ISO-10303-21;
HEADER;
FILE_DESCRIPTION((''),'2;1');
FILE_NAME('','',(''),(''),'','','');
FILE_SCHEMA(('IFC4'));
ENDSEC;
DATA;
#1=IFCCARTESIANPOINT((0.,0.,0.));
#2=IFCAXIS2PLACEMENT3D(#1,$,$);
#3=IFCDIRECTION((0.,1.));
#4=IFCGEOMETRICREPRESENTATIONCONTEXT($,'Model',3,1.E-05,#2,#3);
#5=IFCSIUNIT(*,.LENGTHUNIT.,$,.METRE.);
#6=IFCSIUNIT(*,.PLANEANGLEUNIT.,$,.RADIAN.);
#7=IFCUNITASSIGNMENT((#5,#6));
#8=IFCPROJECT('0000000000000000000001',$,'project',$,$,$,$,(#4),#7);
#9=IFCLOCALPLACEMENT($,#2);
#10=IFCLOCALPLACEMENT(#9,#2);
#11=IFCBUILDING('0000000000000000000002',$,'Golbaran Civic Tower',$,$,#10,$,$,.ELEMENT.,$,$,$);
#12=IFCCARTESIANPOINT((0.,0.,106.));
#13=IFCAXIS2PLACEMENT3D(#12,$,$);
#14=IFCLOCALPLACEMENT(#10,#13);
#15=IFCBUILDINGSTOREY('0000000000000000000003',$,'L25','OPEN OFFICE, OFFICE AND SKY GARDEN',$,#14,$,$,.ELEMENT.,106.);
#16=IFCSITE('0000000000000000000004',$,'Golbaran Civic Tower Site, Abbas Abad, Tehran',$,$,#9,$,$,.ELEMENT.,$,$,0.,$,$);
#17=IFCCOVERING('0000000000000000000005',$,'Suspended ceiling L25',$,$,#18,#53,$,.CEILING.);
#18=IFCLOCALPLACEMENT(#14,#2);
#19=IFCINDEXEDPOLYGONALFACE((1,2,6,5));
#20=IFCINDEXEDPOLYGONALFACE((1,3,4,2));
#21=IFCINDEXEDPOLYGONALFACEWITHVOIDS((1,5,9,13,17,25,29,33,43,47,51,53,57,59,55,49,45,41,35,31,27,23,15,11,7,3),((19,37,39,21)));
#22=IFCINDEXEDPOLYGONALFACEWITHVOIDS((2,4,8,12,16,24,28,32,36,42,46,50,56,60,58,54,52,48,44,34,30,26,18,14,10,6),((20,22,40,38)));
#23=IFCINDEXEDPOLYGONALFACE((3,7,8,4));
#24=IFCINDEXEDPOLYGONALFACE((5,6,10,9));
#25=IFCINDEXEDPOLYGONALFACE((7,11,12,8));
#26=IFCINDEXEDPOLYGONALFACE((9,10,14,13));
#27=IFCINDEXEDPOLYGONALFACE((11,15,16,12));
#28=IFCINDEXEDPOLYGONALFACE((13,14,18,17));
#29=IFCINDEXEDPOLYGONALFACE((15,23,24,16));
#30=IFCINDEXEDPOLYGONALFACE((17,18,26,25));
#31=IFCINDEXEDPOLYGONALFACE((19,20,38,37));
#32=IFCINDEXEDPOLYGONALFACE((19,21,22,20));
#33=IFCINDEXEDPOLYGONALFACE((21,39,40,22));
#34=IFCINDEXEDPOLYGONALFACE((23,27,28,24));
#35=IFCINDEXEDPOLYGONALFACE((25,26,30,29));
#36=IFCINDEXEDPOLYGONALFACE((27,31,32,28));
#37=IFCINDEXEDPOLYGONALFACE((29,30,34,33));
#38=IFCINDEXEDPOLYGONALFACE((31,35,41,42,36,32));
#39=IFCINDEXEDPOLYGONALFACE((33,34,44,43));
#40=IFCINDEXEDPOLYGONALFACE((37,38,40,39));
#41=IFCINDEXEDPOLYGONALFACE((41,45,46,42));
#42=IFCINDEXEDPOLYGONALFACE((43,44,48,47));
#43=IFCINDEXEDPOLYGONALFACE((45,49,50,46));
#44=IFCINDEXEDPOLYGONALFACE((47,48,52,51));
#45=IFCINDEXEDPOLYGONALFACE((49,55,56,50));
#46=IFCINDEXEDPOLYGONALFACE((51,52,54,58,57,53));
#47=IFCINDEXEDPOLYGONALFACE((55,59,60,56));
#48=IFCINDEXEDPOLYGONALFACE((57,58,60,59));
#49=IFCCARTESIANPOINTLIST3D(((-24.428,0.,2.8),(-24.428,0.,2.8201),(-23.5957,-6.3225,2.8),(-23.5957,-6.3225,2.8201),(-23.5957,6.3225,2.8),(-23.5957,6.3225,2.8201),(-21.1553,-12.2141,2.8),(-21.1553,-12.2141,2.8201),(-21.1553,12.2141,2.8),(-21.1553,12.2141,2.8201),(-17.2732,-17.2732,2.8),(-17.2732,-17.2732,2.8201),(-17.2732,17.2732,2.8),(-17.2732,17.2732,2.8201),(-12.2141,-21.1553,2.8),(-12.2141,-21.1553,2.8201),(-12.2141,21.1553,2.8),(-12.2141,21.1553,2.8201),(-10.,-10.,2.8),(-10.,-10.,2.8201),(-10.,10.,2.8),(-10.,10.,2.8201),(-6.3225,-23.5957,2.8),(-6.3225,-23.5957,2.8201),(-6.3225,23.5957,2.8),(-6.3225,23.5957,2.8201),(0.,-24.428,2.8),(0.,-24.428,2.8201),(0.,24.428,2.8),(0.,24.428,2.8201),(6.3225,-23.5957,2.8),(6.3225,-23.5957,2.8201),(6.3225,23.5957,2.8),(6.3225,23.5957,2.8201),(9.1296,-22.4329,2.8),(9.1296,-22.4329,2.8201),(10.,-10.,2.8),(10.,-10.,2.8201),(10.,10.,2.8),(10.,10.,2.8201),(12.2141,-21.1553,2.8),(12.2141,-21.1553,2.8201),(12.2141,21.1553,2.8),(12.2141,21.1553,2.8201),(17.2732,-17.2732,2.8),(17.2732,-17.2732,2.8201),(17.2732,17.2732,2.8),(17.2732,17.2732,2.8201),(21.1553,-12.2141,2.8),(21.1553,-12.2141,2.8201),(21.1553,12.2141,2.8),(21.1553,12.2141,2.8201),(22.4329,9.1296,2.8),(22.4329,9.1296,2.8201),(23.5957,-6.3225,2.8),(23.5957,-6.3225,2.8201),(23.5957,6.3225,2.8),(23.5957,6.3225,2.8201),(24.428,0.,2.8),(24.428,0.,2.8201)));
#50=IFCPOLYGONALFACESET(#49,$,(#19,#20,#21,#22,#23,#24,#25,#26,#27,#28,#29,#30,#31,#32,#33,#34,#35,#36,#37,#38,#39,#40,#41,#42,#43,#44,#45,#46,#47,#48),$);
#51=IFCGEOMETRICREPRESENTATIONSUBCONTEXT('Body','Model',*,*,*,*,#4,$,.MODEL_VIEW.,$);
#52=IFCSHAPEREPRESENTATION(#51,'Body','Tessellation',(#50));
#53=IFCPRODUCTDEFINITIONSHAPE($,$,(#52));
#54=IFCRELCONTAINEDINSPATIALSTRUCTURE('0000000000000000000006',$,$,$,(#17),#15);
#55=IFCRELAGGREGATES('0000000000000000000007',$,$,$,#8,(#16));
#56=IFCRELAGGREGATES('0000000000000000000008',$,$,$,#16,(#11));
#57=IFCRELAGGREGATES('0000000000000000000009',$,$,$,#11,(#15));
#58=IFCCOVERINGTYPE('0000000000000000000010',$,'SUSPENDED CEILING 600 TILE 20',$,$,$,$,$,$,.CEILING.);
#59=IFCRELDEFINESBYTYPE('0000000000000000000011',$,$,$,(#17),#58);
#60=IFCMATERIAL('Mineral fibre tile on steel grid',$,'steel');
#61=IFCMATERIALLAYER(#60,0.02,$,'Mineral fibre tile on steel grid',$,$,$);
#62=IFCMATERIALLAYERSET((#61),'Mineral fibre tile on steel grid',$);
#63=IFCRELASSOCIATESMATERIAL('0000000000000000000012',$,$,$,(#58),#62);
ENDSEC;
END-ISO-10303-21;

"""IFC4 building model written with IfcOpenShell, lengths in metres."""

from ifc_helpers import new_model, si_unit, direction, frame, origin, place, context, subcontext, project, spatial, polyline, outline, extrude, material, layer, layer_set, type_object, element, save


model = new_model("IFC4")

# Units and contexts
model_context = context("Model", 3, precision=1e-05, world=origin(), true_north=direction((0.0, 1.0)))
body_context = subcontext(model_context, "Body", "Model", "MODEL_VIEW")
ifc_project = project(units=[si_unit("LENGTHUNIT", "METRE"), si_unit("PLANEANGLEUNIT", "RADIAN")], contexts=[model_context])

# Site, building, storey
site_placement = place(None, origin())
site = spatial("IfcSite", under=ifc_project, at=site_placement, Name="Golbaran Civic Tower Site, Abbas Abad, Tehran", CompositionType="ELEMENT", RefElevation=0.0)
building_placement = place(site_placement, origin())
building = spatial("IfcBuilding", under=site, at=building_placement, Name="Golbaran Civic Tower", CompositionType="ELEMENT")
storey_placement = place(building_placement, frame((0.0, 0.0, 106.0)))
storey = spatial("IfcBuildingStorey", under=building, at=storey_placement, Name="L25", Description="OPEN OFFICE, OFFICE AND SKY GARDEN", CompositionType="ELEMENT", Elevation=106.0)

# Covering
ifc_material_1 = material(Name="Mineral fibre tile on steel grid", Category="steel")
ifc_layer_1 = layer(ifc_material_1, 0.02, Name="Mineral fibre tile on steel grid")
ifc_layer_set_1 = layer_set([ifc_layer_1], Name="Mineral fibre tile on steel grid")
covering_type = type_object("IfcCoveringType", Name="SUSPENDED CEILING 600 TILE 20", PredefinedType="CEILING", material=ifc_layer_set_1)
covering_placement = place(storey_placement, frame((0.0, 0.0, 2.8)))
element("IfcCovering", 1, at=covering_placement, inside=storey, type_object=covering_type, Name="Suspended ceiling L25", PredefinedType="CEILING", context=body_context, shape_type="SweptSolid", body=[
    extrude(outline(polyline([(-12.2141, 21.1553), (-6.3225, 23.5957), (0.0, 24.428), (6.3225, 23.5957), (12.2141, 21.1553), (17.2732, 17.2732), (21.1553, 12.2141), (22.4329, 9.1296), (23.5957, 6.3225), (24.428, 0.0), (23.5957, -6.3225), (21.1553, -12.2141), (17.2732, -17.2732), (12.2141, -21.1553), (9.1296, -22.4329), (6.3225, -23.5957), (0.0, -24.428), (-6.3225, -23.5957), (-12.2141, -21.1553), (-17.2732, -17.2732), (-21.1553, -12.2141), (-23.5957, -6.3225), (-24.428, 0.0), (-23.5957, 6.3225), (-21.1553, 12.2141), (-17.2732, 17.2732), (-12.2141, 21.1553)]), holes=[polyline([(10.0, -10.0), (10.0, 10.0), (-10.0, 10.0), (-10.0, -10.0), (10.0, -10.0)])]), origin(), (0.0, 0.0, 1.0), 0.02),
])

save(model, "model.ifc")
